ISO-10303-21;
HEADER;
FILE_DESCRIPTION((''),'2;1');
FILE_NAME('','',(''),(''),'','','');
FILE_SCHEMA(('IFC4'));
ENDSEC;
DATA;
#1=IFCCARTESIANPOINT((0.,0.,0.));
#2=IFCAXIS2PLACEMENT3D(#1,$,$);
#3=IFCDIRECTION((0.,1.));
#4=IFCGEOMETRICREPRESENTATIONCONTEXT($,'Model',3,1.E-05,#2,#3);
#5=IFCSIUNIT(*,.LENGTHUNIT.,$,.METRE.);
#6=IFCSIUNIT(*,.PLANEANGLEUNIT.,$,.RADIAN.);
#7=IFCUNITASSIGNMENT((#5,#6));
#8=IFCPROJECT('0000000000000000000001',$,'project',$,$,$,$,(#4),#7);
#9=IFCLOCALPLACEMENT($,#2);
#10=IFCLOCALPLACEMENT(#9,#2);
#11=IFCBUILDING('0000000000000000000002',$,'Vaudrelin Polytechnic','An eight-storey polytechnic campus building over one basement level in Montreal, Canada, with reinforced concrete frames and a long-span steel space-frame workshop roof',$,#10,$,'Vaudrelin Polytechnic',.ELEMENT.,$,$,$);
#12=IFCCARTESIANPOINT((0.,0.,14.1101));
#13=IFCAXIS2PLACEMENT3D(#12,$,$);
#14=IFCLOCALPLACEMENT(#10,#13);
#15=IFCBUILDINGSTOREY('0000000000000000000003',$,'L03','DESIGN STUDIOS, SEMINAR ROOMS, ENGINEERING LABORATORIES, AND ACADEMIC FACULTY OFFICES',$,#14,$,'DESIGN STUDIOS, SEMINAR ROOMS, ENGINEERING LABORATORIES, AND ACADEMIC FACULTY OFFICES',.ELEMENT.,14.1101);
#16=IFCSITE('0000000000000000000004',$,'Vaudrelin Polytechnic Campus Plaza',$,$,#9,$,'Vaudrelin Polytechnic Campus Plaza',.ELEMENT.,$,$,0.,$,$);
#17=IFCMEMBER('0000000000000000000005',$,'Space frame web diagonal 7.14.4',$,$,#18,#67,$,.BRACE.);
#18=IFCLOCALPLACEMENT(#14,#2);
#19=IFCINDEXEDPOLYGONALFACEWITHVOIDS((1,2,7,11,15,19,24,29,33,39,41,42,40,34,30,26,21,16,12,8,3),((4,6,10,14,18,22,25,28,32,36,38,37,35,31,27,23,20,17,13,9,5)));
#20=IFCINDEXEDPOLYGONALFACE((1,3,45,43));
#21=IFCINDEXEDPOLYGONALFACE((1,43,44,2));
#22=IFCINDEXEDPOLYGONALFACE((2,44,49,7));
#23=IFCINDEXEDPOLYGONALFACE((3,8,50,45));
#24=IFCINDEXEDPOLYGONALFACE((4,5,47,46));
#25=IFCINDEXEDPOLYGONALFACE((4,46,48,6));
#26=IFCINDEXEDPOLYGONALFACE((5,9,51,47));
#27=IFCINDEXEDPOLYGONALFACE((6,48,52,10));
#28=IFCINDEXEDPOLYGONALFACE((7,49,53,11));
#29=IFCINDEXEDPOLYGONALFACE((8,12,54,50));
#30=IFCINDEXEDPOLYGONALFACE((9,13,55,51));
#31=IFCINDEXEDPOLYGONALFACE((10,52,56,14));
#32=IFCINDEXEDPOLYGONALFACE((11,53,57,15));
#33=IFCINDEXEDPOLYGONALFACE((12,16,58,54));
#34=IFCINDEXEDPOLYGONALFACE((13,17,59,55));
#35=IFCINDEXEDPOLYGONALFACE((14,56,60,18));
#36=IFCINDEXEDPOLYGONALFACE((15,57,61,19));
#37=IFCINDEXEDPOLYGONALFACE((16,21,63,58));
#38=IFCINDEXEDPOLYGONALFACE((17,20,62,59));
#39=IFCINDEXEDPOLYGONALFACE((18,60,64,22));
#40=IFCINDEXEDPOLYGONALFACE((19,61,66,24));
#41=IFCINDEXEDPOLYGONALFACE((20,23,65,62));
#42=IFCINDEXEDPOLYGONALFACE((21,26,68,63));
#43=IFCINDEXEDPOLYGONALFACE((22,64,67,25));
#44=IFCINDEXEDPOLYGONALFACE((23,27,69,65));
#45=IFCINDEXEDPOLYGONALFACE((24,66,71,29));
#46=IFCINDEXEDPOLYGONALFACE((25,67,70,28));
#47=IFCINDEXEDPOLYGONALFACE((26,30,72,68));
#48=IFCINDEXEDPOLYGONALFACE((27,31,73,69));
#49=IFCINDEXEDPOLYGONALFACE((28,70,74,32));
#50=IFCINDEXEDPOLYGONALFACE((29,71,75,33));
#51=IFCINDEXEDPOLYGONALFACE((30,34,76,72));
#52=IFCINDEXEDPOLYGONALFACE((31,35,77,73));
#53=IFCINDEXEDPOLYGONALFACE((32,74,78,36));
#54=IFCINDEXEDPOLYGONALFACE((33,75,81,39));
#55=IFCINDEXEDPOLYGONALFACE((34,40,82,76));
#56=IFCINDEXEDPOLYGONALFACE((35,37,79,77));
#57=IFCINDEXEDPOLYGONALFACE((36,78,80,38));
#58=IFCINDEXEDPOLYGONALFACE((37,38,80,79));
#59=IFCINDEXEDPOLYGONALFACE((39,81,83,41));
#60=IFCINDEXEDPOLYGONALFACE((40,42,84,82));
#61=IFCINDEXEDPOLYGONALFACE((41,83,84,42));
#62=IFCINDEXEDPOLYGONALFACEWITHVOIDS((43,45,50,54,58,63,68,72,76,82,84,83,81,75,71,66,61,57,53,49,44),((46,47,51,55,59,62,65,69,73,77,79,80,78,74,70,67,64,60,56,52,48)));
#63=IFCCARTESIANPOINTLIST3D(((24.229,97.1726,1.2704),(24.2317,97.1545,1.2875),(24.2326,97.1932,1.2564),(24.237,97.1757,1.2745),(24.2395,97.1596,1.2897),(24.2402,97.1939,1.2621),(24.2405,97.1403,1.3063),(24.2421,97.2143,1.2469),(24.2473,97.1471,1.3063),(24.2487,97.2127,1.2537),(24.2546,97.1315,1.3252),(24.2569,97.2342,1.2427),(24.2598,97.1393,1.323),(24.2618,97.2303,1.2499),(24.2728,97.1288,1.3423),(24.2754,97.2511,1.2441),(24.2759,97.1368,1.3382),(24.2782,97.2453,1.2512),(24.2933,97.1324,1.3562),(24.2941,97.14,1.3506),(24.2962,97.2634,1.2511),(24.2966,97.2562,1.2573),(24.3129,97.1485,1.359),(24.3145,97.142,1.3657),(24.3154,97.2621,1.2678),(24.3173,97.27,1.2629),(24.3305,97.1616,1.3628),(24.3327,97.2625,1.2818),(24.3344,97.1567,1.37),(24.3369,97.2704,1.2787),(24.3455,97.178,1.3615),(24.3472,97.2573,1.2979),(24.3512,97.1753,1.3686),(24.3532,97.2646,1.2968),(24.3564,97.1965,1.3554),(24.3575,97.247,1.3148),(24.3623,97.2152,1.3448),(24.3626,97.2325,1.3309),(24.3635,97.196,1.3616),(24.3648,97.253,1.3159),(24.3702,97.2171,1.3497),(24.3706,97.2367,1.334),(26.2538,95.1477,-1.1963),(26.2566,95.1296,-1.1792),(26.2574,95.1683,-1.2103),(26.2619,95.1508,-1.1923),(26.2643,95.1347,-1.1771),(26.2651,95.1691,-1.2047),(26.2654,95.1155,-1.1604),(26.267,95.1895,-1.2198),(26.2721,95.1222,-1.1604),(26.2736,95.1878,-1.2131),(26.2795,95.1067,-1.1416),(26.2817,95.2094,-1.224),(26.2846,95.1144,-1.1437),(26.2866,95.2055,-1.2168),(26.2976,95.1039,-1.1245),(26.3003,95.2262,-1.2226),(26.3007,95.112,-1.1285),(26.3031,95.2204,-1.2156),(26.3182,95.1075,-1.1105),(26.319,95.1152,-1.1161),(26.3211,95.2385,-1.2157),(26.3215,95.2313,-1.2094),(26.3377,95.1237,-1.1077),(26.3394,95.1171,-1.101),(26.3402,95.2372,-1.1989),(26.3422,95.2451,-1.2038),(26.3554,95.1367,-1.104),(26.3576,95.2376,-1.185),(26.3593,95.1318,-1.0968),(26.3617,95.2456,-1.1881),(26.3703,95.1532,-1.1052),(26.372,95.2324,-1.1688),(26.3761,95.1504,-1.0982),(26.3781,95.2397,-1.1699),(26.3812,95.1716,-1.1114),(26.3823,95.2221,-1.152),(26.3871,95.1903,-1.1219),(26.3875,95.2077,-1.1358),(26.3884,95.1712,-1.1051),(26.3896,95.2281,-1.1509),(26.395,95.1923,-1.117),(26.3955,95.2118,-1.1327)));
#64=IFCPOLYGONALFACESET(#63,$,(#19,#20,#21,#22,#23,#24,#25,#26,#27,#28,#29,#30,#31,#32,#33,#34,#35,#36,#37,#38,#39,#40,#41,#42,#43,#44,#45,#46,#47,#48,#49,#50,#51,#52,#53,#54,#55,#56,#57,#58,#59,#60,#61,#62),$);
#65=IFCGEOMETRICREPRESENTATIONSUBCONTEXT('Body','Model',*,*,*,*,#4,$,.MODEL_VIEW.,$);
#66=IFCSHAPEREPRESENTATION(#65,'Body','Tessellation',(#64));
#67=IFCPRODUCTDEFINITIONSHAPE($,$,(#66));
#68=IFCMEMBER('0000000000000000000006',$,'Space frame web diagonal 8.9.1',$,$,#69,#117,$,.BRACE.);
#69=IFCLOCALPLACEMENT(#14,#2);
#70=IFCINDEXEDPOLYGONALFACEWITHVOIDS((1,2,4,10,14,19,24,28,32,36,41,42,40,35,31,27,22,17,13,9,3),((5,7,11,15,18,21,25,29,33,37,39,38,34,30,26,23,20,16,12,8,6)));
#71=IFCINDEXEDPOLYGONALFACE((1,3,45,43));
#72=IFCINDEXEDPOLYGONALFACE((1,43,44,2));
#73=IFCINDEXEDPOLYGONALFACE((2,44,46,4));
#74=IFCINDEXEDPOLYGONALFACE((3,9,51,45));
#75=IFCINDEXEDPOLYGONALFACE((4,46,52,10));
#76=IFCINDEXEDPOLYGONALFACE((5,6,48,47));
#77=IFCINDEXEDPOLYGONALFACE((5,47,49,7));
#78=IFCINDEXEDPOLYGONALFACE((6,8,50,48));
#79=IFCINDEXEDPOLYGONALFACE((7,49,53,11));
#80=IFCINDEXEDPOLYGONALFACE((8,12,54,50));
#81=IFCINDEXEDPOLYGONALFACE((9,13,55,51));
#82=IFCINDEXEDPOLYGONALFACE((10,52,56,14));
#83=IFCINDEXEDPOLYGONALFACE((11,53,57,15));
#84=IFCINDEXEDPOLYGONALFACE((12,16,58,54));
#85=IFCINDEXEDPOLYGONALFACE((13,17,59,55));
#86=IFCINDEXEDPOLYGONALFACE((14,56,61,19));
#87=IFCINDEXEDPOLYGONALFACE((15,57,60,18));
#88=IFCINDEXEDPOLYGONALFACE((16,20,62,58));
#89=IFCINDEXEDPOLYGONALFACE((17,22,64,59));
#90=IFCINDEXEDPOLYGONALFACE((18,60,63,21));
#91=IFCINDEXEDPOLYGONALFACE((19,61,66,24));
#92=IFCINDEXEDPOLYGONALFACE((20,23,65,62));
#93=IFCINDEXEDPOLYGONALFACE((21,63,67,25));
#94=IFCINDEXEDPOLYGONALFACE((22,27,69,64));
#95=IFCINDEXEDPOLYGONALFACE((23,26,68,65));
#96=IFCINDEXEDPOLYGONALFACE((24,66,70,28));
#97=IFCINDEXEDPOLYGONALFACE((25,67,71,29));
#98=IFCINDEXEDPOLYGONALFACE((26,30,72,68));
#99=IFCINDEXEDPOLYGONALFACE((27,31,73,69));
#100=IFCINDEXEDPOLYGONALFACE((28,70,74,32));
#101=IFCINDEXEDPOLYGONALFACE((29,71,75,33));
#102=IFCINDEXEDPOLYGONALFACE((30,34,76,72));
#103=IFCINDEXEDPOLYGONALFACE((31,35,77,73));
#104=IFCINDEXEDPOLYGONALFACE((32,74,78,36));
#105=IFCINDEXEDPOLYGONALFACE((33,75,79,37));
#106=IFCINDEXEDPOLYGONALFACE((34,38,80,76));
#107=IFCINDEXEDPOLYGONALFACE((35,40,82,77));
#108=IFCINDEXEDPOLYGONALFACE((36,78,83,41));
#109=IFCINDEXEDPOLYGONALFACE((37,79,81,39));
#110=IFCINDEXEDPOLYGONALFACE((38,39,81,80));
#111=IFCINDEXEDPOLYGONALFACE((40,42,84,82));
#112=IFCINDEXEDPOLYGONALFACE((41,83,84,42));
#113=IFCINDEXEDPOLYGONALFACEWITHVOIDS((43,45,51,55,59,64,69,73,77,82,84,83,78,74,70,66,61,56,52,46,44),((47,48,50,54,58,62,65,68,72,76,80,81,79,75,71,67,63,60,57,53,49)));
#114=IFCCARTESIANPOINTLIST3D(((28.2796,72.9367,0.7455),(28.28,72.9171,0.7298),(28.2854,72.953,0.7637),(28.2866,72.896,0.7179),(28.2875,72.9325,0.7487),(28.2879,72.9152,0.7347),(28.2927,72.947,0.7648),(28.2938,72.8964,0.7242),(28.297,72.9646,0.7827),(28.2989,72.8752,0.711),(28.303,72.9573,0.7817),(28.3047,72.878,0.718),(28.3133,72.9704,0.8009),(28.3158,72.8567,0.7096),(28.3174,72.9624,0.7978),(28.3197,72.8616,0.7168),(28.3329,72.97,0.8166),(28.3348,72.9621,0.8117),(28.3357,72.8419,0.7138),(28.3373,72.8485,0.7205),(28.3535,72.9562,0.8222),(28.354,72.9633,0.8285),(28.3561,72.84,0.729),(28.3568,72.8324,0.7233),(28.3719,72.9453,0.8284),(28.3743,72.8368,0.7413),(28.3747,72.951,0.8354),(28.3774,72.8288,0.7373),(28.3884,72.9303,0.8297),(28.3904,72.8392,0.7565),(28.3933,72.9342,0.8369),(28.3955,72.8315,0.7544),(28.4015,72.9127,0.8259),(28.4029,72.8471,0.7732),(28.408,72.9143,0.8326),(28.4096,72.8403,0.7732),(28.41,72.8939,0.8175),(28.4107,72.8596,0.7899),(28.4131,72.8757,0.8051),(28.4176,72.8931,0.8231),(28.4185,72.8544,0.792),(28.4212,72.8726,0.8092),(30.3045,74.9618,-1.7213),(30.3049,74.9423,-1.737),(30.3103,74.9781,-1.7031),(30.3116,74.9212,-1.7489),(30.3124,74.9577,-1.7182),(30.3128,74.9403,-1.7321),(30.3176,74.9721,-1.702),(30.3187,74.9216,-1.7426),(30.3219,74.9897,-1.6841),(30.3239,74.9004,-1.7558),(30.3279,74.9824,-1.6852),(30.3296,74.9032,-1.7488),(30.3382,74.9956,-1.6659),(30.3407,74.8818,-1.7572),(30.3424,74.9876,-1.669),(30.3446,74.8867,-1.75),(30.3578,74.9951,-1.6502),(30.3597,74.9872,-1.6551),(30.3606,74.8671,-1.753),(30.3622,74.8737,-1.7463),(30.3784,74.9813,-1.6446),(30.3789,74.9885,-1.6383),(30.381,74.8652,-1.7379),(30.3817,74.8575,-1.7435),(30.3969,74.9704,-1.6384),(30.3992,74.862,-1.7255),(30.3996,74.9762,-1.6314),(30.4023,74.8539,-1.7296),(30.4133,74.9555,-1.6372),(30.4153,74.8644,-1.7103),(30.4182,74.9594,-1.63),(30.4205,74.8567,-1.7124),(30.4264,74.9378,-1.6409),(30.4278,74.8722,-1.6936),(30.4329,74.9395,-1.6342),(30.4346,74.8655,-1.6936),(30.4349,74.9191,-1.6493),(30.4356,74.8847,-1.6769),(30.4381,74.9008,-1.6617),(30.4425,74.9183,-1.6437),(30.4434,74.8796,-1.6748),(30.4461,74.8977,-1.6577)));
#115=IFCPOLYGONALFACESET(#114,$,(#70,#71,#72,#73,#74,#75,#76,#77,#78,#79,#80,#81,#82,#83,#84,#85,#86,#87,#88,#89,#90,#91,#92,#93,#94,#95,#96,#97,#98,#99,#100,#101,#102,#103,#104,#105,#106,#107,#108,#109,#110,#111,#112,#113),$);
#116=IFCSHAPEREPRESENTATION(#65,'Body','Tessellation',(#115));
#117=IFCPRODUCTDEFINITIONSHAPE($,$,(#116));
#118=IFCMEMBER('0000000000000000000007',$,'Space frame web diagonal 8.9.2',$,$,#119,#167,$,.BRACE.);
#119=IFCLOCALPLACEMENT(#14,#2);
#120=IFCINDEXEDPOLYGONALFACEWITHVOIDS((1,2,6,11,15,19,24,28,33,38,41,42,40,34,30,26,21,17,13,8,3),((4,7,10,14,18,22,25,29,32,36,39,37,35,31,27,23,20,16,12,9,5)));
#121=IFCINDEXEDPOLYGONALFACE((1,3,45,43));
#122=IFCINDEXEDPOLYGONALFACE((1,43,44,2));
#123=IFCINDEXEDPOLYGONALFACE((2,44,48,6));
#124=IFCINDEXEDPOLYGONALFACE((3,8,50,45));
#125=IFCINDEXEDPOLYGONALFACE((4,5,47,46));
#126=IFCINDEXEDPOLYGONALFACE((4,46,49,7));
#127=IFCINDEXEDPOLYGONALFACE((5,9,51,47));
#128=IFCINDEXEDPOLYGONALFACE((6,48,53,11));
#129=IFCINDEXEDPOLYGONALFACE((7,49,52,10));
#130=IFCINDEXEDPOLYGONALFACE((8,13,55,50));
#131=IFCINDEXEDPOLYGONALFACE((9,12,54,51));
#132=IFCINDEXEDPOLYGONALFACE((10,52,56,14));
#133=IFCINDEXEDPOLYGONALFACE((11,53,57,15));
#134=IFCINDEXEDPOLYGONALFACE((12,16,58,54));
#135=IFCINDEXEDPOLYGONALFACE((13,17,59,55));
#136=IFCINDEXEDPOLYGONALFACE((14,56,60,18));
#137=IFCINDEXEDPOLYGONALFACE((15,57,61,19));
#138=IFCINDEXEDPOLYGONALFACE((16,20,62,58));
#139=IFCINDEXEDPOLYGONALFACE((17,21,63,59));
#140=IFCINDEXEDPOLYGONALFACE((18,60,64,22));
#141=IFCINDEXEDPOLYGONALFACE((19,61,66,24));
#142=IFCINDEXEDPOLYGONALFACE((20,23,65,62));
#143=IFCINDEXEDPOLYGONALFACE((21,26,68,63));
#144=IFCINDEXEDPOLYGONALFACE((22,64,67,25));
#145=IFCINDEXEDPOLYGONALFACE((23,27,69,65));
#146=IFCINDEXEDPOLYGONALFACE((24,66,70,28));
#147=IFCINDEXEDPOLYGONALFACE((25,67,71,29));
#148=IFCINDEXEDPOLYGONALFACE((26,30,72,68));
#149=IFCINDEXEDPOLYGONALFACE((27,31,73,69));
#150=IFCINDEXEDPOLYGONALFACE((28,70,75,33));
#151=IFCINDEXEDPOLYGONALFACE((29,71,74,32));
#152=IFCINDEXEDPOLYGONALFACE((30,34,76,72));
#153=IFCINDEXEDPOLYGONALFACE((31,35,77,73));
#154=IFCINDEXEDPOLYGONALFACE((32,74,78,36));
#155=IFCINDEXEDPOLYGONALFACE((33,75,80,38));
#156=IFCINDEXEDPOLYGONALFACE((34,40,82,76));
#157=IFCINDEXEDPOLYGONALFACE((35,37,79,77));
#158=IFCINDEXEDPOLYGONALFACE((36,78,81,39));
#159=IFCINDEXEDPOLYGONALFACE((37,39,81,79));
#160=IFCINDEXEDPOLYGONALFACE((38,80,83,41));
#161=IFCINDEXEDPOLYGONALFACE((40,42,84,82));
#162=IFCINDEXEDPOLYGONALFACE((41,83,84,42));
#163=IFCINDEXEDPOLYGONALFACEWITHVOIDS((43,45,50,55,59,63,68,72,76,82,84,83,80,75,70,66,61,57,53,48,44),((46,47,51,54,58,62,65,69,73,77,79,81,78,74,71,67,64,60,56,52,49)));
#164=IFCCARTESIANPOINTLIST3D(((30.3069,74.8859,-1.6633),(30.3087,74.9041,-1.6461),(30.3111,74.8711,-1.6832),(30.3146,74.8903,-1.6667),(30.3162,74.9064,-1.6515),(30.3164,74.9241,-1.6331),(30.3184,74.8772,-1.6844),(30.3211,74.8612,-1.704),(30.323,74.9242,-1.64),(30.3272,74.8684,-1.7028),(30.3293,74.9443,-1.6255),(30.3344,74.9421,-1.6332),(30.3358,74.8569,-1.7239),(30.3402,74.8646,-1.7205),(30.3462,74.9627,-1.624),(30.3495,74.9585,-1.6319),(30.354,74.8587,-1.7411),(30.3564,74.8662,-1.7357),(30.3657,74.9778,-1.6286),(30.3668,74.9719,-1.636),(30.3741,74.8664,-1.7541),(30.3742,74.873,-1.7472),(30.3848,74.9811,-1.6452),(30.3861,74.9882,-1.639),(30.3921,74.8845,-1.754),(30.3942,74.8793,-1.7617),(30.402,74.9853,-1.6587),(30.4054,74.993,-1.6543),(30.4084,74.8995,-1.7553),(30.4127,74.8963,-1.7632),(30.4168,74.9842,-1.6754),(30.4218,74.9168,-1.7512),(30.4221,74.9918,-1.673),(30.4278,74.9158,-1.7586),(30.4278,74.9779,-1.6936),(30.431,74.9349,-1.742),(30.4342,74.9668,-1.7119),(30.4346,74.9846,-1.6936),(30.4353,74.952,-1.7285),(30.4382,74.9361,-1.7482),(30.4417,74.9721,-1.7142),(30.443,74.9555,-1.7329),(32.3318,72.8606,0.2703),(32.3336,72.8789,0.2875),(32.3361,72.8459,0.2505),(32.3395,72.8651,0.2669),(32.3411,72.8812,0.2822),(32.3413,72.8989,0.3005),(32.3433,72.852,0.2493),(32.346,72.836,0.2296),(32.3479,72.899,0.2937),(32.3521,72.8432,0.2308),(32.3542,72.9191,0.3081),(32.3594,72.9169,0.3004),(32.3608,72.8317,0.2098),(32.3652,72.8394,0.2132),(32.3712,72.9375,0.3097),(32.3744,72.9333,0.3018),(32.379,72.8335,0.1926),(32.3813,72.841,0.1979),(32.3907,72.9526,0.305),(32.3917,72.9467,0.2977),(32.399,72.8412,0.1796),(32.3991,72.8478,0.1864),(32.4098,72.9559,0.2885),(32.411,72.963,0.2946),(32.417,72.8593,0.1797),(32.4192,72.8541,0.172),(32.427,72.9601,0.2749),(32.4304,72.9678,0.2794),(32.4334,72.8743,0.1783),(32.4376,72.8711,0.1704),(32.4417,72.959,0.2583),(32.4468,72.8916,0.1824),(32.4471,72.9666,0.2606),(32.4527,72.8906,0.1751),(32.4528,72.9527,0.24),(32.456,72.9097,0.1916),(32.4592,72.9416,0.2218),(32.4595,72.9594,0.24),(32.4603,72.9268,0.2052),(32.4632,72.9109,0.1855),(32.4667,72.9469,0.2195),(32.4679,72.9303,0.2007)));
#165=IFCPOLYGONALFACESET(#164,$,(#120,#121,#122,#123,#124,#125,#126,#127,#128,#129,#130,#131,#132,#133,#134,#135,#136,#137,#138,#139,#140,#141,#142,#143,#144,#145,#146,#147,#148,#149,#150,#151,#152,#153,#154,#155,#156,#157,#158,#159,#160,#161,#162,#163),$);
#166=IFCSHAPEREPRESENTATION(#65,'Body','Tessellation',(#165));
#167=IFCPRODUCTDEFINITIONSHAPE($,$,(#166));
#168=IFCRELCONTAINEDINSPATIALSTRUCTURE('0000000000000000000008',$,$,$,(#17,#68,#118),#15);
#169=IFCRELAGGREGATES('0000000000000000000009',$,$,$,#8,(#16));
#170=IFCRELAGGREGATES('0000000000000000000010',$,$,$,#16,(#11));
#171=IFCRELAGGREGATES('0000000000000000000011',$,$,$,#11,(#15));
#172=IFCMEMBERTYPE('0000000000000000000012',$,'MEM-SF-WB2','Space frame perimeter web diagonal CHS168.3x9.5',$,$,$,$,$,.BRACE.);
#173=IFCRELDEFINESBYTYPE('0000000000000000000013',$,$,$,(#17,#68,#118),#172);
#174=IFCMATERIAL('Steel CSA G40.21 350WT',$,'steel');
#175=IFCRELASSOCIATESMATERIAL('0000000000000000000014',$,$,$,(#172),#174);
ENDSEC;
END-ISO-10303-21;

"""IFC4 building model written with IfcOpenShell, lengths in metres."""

from ifc_helpers import new_model, si_unit, direction, frame, origin, origin_2d, place, context, subcontext, project, spatial, hollow_circle, extrude, material, material_profile, profile_set, type_object, element, save


model = new_model("IFC4")

# Units and contexts
model_context = context("Model", 3, precision=1e-05, world=origin(), true_north=direction((0.0, 1.0)))
body_context = subcontext(model_context, "Body", "Model", "MODEL_VIEW")
ifc_project = project(units=[si_unit("LENGTHUNIT", "METRE"), si_unit("PLANEANGLEUNIT", "RADIAN")], contexts=[model_context])

# Site, building, storey
site_placement = place(None, origin())
site = spatial("IfcSite", under=ifc_project, at=site_placement, Name="Vaudrelin Polytechnic Campus Plaza", LongName="Vaudrelin Polytechnic Campus Plaza", CompositionType="ELEMENT", RefElevation=0.0)
building_placement = place(site_placement, origin())
building = spatial("IfcBuilding", under=site, at=building_placement, Name="Vaudrelin Polytechnic", Description="An eight-storey polytechnic campus building over one basement level in Montreal, Canada, with reinforced concrete frames and a long-span steel space-frame workshop roof", LongName="Vaudrelin Polytechnic", CompositionType="ELEMENT")
storey_placement = place(building_placement, frame((0.0, 0.0, 14.1101)))
storey = spatial("IfcBuildingStorey", under=building, at=storey_placement, Name="L03", Description="DESIGN STUDIOS, SEMINAR ROOMS, ENGINEERING LABORATORIES, AND ACADEMIC FACULTY OFFICES", LongName="DESIGN STUDIOS, SEMINAR ROOMS, ENGINEERING LABORATORIES, AND ACADEMIC FACULTY OFFICES", CompositionType="ELEMENT", Elevation=14.1101)

# Members
ifc_material = material(Name="Steel CSA G40.21 350WT", Category="steel")
ifc_material_profile_1 = material_profile(ifc_material, hollow_circle(Radius=0.0842, WallThickness=0.0095, at=origin_2d()), Name="CHS168.3x9.5")
ifc_profile_set_1 = profile_set([ifc_material_profile_1], Name="Steel CSA G40.21 350WT")
member_type_1 = type_object("IfcMemberType", Name="MEM-SF-WB2", Description="Space frame perimeter web diagonal CHS168.3x9.5", PredefinedType="BRACE", material=ifc_profile_set_1)
member_1_placement = place(storey_placement, frame((26.325, 95.175, -1.1604), z_axis=(-0.535742, 0.535742, 0.652657), x_axis=(-0.707107, -0.707107, 0.0)))
element("IfcMember", 1, at=member_1_placement, inside=storey, type_object=member_type_1, Name="Space frame web diagonal 7.14.4", PredefinedType="BRACE", context=body_context, shape_type="SweptSolid", body=[
    extrude(hollow_circle(Radius=0.0842, WallThickness=0.0095, at=origin_2d()), origin(), (0.0, 0.0, 1.0), 3.7795),
])
member_2_placement = place(storey_placement, frame((30.375, 74.925, -1.6936), z_axis=(-0.535723, -0.535788, 0.652634), x_axis=(0.707149, -0.707064, 0.0)))
element("IfcMember", 2, at=member_2_placement, inside=storey, type_object=member_type_1, Name="Space frame web diagonal 8.9.1", PredefinedType="BRACE", context=body_context, shape_type="SweptSolid", body=[
    extrude(hollow_circle(Radius=0.0842, WallThickness=0.0095, at=origin_2d()), origin(), (0.0, 0.0, 1.0), 3.7798),
])
member_3_placement = place(storey_placement, frame((30.375, 74.925, -1.6936), z_axis=(0.586, -0.586071, 0.559576), x_axis=(0.707149, 0.707064, 0.0)))
element("IfcMember", 3, at=member_3_placement, inside=storey, type_object=member_type_1, Name="Space frame web diagonal 8.9.2", PredefinedType="BRACE", context=body_context, shape_type="SweptSolid", body=[
    extrude(hollow_circle(Radius=0.0842, WallThickness=0.0095, at=origin_2d()), origin(), (0.0, 0.0, 1.0), 3.4556),
])

save(model, "model.ifc")
